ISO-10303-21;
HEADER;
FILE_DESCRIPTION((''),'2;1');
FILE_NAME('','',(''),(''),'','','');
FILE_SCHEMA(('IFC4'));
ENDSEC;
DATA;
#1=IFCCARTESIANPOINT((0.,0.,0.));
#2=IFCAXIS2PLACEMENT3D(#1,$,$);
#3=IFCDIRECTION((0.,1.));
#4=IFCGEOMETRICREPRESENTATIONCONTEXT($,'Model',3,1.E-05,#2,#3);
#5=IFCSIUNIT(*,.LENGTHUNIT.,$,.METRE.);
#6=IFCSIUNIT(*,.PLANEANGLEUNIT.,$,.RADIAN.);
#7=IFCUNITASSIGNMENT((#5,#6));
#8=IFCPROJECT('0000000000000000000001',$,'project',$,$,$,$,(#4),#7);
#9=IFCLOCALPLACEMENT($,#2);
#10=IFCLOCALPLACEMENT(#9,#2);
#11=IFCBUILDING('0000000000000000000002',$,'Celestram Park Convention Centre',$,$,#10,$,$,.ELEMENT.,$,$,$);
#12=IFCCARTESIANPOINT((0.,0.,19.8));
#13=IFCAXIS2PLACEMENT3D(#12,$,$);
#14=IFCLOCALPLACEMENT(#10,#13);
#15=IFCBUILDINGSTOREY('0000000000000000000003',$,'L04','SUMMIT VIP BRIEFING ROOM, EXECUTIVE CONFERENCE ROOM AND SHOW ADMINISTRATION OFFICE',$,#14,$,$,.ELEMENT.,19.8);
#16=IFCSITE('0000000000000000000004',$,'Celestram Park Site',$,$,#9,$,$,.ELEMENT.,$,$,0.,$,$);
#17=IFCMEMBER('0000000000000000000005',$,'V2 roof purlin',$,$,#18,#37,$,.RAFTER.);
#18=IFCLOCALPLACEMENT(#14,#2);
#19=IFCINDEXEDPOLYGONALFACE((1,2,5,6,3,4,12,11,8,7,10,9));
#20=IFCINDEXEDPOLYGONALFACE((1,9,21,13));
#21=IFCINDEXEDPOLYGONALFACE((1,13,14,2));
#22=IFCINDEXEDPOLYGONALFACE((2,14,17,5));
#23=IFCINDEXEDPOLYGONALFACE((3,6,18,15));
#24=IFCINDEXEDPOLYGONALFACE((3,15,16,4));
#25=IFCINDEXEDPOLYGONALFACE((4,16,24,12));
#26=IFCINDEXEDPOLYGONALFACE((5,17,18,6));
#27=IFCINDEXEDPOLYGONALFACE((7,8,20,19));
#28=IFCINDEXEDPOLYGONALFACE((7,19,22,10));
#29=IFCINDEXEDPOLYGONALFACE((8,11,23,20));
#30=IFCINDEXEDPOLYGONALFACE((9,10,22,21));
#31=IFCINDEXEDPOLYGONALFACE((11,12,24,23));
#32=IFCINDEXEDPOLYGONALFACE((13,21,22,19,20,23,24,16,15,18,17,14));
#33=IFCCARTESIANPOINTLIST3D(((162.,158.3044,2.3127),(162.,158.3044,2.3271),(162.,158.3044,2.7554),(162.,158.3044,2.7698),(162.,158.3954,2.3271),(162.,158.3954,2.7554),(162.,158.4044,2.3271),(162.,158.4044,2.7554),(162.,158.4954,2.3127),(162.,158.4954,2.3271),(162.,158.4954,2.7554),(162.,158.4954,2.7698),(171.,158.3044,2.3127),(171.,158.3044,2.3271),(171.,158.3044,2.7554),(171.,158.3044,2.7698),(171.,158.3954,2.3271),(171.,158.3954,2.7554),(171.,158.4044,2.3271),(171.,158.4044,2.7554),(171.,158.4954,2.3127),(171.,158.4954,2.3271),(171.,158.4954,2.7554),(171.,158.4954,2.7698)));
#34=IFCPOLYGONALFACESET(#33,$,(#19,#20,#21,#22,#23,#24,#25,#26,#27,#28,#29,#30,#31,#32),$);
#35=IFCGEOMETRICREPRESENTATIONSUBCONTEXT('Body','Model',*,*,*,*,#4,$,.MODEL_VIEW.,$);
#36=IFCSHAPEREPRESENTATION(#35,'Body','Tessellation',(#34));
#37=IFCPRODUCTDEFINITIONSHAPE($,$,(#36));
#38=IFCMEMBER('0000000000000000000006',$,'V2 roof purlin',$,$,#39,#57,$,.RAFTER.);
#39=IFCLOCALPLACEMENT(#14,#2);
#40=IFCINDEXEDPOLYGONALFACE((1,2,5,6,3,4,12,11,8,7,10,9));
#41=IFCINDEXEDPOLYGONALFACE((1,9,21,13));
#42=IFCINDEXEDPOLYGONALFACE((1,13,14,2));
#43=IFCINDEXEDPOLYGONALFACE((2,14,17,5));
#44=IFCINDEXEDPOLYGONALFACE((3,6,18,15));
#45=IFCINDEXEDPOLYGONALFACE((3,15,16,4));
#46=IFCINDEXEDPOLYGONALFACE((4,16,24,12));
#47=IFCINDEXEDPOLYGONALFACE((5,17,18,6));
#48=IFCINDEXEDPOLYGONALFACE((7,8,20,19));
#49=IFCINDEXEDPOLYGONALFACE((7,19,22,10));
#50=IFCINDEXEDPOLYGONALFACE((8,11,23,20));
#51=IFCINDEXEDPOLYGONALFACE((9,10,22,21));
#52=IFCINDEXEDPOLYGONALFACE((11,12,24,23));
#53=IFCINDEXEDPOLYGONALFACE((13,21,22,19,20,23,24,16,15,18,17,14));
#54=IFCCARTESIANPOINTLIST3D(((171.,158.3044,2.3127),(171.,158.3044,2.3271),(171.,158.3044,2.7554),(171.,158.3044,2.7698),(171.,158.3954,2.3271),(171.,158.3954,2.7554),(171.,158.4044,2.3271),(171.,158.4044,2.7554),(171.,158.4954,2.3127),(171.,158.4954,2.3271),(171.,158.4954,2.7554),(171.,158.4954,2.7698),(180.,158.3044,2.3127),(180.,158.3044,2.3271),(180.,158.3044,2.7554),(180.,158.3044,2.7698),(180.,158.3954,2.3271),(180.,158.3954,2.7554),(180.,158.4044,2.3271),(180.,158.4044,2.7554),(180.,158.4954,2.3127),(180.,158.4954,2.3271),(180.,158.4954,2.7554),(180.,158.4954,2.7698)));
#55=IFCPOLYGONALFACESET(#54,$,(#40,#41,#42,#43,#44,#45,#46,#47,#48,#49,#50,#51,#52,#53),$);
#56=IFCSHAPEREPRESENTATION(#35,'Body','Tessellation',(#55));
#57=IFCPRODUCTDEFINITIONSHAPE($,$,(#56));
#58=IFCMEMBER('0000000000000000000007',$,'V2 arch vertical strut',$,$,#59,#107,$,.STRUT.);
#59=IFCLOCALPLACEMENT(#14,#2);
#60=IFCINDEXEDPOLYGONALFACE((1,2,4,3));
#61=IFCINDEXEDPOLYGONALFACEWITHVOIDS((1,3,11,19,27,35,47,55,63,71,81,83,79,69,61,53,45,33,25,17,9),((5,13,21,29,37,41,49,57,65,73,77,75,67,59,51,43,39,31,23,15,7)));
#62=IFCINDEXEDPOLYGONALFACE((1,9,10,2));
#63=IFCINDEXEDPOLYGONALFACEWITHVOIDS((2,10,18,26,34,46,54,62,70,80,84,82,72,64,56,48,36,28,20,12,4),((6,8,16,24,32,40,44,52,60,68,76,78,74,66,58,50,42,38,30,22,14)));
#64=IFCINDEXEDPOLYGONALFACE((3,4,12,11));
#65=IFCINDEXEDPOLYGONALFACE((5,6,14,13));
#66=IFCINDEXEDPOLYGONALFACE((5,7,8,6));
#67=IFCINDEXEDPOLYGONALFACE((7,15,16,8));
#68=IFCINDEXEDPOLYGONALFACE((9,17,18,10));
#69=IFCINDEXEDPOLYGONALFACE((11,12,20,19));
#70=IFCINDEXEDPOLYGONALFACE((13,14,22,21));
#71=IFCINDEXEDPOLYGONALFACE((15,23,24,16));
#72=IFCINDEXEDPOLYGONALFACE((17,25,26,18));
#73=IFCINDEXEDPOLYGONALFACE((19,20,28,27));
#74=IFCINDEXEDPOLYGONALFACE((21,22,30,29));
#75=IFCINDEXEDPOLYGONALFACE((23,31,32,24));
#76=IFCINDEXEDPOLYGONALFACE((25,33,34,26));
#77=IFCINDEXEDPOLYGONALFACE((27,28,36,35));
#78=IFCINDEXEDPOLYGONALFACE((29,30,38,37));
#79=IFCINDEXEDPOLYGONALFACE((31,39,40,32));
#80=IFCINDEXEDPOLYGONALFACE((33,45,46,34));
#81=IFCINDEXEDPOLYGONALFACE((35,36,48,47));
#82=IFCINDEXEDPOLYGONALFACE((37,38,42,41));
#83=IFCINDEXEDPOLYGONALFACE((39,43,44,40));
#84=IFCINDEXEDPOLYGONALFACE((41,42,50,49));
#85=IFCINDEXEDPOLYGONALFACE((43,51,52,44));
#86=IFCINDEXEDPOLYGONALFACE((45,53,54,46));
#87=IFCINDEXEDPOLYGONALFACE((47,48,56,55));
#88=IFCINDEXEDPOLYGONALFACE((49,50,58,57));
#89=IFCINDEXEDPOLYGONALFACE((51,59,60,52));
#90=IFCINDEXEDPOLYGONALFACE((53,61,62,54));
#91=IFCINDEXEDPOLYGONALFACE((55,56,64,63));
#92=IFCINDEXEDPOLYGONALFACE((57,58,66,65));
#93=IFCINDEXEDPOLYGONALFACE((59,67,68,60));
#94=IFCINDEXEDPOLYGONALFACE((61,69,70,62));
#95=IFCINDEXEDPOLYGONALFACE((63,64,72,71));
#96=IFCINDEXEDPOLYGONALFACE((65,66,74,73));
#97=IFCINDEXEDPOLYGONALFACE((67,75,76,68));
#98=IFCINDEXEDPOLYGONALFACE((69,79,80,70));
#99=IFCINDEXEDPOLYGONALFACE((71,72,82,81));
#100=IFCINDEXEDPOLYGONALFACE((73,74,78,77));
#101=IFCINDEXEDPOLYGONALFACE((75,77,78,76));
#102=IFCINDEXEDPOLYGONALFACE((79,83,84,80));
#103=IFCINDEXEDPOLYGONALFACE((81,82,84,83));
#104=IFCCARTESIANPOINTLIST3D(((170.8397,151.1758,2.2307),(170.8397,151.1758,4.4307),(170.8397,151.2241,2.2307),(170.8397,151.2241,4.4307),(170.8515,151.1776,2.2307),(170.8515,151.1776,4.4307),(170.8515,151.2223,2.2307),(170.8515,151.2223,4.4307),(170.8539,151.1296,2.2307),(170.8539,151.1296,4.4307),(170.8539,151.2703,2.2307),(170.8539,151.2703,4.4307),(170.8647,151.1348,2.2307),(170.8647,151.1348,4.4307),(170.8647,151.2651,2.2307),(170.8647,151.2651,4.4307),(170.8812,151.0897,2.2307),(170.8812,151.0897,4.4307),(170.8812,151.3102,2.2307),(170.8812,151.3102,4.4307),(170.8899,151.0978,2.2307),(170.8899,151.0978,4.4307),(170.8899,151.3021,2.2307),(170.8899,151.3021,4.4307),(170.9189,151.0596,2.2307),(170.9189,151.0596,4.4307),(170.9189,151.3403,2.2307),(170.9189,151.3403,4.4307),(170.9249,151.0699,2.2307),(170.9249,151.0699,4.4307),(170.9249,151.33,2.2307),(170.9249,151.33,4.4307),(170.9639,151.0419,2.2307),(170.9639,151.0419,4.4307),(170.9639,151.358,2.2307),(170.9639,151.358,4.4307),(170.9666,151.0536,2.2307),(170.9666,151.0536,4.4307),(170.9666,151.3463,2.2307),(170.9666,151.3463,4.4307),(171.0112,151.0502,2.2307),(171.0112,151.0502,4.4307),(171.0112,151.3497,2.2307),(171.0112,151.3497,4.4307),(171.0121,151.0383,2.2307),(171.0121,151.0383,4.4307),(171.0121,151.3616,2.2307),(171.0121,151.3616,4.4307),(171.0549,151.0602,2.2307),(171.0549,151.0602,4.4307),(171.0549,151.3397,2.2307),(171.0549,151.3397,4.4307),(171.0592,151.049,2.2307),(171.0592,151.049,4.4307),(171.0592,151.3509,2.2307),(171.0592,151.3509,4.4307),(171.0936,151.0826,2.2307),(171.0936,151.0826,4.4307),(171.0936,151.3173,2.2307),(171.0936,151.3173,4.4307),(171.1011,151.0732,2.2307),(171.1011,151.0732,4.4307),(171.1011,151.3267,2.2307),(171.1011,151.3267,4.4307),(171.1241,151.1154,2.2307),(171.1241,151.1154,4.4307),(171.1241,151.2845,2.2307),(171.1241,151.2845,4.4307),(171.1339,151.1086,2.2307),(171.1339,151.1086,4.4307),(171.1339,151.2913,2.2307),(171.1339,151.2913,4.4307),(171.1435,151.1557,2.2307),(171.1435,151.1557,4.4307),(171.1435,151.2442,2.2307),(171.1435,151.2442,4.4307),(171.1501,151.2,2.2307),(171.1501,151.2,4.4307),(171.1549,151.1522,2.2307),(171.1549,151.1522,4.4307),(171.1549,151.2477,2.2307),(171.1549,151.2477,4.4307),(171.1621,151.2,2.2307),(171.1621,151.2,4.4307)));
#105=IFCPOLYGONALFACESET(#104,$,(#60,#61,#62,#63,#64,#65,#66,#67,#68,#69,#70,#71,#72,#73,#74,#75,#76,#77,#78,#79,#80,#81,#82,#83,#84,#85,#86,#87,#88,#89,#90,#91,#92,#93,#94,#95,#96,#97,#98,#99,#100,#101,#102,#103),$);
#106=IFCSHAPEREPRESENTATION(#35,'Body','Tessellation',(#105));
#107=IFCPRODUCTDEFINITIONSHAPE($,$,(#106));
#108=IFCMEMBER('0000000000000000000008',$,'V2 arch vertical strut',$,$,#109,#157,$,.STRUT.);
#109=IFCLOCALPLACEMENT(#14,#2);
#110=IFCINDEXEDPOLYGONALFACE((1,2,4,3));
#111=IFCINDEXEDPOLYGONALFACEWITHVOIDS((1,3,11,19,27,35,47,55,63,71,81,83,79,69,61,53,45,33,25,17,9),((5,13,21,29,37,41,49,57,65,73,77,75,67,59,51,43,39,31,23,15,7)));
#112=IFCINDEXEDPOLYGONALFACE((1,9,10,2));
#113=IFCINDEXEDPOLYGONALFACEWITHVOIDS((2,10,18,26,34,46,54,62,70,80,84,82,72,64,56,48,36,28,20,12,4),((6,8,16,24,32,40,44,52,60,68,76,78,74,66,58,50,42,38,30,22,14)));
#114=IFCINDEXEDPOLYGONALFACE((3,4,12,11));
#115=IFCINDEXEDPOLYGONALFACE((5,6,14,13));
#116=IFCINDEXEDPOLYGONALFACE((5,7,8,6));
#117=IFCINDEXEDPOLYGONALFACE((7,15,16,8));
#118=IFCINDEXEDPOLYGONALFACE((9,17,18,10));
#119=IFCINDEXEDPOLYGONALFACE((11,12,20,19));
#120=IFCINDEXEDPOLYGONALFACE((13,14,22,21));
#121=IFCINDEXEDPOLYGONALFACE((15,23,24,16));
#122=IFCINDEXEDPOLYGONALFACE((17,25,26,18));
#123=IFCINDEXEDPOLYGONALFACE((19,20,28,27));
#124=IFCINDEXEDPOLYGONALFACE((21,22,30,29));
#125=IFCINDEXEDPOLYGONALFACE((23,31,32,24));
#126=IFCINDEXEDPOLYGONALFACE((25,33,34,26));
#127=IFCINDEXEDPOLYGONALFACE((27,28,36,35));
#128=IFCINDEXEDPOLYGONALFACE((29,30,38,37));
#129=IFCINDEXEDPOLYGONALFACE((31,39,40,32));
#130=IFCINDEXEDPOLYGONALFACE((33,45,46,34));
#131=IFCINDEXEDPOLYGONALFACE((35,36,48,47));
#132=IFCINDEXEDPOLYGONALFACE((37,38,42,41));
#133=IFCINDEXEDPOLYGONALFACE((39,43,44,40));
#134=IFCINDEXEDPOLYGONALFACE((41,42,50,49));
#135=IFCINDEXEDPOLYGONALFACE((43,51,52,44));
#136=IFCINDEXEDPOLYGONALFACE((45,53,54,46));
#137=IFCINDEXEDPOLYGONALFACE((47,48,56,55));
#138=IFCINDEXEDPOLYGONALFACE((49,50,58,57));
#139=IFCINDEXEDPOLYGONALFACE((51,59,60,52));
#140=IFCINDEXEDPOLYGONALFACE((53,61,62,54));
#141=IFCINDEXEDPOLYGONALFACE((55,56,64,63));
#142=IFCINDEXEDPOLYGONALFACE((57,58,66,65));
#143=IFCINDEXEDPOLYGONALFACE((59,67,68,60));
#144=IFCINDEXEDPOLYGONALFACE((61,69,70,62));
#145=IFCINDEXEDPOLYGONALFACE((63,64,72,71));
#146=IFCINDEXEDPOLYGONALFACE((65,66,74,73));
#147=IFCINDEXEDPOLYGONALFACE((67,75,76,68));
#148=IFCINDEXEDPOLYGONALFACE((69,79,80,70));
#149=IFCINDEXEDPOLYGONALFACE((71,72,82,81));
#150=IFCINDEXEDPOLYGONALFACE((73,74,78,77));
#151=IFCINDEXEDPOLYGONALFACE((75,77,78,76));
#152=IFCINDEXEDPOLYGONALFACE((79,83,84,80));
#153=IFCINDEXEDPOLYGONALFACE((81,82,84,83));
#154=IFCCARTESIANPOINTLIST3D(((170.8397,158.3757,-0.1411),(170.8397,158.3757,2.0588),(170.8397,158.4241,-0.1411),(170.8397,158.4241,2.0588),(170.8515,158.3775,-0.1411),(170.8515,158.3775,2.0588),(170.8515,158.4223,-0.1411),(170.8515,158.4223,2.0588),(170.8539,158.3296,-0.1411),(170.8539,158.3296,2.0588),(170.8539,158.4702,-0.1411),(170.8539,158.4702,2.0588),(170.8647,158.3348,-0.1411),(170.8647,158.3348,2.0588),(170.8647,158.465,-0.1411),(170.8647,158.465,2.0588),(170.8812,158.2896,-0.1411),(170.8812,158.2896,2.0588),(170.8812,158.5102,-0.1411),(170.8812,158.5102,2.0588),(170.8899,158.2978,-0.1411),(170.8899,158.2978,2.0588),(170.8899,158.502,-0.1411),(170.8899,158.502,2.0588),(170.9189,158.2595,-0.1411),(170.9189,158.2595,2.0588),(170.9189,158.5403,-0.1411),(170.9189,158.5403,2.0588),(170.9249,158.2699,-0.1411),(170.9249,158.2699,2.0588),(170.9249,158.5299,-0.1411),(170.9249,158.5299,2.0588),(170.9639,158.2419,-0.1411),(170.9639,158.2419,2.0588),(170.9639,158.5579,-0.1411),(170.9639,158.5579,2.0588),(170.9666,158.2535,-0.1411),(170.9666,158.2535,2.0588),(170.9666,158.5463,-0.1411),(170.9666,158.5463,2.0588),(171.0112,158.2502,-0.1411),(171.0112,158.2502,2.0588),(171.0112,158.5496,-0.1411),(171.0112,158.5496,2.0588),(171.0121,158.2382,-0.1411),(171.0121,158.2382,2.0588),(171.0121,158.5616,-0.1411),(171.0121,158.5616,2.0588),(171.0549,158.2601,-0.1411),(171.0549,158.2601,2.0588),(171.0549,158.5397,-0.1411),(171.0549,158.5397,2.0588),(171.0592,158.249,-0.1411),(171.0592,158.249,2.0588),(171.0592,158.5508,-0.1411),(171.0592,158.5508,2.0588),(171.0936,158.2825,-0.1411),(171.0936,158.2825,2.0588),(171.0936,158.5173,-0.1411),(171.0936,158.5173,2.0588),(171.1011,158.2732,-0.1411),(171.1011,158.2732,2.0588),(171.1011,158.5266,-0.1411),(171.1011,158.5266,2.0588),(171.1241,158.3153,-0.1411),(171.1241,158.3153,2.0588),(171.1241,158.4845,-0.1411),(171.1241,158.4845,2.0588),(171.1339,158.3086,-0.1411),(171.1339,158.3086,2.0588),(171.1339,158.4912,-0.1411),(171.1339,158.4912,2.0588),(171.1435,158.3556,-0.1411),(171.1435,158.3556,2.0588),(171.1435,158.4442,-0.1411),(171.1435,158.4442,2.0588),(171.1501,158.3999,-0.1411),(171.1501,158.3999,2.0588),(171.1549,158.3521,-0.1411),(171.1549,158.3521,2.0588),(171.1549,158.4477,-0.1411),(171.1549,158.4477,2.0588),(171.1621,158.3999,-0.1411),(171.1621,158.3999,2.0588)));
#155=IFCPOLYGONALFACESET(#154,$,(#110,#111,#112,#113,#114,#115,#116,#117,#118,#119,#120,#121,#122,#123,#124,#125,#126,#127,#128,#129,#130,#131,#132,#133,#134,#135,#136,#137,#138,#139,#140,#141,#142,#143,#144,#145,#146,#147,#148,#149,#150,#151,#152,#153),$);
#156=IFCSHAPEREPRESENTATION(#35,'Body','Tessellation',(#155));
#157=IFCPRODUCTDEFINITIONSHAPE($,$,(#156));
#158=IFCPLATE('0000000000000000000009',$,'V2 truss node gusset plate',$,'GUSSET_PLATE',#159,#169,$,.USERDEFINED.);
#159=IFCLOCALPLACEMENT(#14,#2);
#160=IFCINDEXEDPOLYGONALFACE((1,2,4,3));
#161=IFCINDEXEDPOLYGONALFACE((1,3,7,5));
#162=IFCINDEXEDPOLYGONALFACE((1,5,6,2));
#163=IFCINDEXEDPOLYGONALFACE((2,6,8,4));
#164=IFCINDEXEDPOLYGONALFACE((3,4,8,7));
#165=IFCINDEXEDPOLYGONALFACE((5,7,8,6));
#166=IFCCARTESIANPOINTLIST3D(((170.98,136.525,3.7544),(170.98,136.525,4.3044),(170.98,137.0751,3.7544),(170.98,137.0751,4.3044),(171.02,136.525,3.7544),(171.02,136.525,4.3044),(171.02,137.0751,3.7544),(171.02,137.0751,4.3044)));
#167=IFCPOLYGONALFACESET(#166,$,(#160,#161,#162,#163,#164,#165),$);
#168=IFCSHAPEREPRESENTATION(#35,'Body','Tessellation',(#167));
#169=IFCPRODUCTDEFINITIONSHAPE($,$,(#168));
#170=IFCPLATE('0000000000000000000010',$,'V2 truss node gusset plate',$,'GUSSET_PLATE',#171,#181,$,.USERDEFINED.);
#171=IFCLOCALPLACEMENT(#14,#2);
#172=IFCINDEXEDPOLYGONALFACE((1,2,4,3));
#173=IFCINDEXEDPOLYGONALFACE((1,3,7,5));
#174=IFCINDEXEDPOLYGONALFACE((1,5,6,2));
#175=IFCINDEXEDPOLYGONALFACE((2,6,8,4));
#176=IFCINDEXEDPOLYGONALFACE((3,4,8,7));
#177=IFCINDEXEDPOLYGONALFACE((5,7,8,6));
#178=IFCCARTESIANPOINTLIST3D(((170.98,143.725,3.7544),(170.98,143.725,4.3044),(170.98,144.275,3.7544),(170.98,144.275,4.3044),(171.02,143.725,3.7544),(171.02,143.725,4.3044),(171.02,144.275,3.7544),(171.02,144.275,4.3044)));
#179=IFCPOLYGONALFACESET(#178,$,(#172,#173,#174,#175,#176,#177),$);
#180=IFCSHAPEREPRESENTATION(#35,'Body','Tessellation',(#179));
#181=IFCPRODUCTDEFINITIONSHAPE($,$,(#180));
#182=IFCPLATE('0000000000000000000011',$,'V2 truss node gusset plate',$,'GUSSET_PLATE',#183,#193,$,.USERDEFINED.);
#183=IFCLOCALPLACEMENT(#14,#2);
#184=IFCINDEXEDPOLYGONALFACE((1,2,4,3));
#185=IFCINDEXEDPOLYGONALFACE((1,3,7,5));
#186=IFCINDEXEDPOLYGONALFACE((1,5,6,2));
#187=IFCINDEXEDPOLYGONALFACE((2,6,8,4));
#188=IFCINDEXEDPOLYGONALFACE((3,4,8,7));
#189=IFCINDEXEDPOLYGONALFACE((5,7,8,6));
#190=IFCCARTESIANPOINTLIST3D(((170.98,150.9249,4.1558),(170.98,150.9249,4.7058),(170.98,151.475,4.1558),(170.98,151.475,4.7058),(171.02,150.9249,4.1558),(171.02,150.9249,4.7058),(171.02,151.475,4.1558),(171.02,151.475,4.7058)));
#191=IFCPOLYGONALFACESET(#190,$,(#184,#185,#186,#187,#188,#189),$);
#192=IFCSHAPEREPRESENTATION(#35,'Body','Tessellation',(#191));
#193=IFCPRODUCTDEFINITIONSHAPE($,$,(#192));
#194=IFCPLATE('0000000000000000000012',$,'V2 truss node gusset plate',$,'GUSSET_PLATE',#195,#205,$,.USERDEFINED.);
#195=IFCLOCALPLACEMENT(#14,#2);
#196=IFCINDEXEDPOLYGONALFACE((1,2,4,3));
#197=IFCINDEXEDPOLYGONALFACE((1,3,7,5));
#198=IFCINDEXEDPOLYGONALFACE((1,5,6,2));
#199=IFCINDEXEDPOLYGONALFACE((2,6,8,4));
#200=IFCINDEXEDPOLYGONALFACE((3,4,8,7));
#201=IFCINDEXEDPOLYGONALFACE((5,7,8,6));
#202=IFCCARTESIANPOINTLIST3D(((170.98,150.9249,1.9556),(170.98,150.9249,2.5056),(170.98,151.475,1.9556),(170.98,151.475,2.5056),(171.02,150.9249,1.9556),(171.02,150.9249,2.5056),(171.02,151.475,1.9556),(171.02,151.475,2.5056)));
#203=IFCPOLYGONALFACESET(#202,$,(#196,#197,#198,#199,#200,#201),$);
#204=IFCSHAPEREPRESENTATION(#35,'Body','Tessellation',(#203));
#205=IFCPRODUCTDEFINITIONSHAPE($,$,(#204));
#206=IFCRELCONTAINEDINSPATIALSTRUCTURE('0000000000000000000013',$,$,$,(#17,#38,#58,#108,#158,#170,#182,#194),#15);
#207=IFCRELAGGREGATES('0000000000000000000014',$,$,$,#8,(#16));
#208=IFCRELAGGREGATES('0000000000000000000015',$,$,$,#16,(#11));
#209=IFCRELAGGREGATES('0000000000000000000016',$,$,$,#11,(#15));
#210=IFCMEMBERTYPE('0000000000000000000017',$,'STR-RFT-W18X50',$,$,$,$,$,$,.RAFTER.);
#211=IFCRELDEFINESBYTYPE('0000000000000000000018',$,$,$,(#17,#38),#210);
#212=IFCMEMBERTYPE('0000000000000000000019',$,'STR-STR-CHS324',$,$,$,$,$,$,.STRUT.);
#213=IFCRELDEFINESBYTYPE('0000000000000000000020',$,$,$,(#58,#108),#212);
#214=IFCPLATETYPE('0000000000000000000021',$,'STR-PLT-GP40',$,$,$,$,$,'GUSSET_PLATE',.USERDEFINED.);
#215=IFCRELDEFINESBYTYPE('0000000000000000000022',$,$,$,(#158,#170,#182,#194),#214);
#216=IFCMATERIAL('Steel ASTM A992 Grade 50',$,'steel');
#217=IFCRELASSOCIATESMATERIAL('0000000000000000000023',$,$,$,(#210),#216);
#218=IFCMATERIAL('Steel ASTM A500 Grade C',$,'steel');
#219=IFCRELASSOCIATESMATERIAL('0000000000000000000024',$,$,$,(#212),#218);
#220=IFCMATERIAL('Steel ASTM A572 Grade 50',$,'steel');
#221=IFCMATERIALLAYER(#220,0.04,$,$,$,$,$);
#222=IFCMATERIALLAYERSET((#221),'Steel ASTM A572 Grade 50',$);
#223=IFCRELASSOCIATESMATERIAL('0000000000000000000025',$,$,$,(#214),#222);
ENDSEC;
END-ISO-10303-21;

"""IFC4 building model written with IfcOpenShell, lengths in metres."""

from ifc_helpers import new_model, si_unit, direction, frame, origin, origin_2d, place, context, subcontext, project, spatial, rectangle, hollow_circle, i_section, extrude, material, layer, layer_set, material_profile, profile_set, type_object, element, save


model = new_model("IFC4")

# Units and contexts
model_context = context("Model", 3, precision=1e-05, world=origin(), true_north=direction((0.0, 1.0)))
body_context = subcontext(model_context, "Body", "Model", "MODEL_VIEW")
ifc_project = project(units=[si_unit("LENGTHUNIT", "METRE"), si_unit("PLANEANGLEUNIT", "RADIAN")], contexts=[model_context])

# Site, building, storey
site_placement = place(None, origin())
site = spatial("IfcSite", under=ifc_project, at=site_placement, Name="Celestram Park Site", CompositionType="ELEMENT", RefElevation=0.0)
building_placement = place(site_placement, origin())
building = spatial("IfcBuilding", under=site, at=building_placement, Name="Celestram Park Convention Centre", CompositionType="ELEMENT")
storey_placement = place(building_placement, frame((0.0, 0.0, 19.8)))
storey = spatial("IfcBuildingStorey", under=building, at=storey_placement, Name="L04", Description="SUMMIT VIP BRIEFING ROOM, EXECUTIVE CONFERENCE ROOM AND SHOW ADMINISTRATION OFFICE", CompositionType="ELEMENT", Elevation=19.8)

# Members
ifc_material_1 = material(Name="Steel ASTM A500 Grade C", Category="steel")
ifc_material_2 = material(Name="Steel ASTM A992 Grade 50", Category="steel")
ifc_material_profile_1 = material_profile(ifc_material_2, i_section(OverallWidth=0.1909, OverallDepth=0.457, WebThickness=0.009, FlangeThickness=0.0144, at=origin_2d()), Name="W18X50")
ifc_profile_set_1 = profile_set([ifc_material_profile_1], Name="Steel ASTM A992 Grade 50")
member_type_1 = type_object("IfcMemberType", Name="STR-RFT-W18X50", PredefinedType="RAFTER", material=ifc_profile_set_1)
for number, where, z_axis, x_axis, name in (
    (1, (162.0, 158.3999, 2.5413), (1.0, 0.0, 0.0), (0.0, 1.0, 0.0), "V2 roof purlin"),
    (2, (171.0, 158.3999, 2.5413), (1.0, 0.0, 0.0), (0.0, 1.0, 0.0), "V2 roof purlin"),
):
    element("IfcMember", number, at=place(storey_placement, frame(where, z_axis=z_axis, x_axis=x_axis)), inside=storey, type_object=member_type_1, Name=name, PredefinedType="RAFTER", context=body_context, shape_type="SweptSolid", body=[
        extrude(i_section(OverallWidth=0.1909, OverallDepth=0.457, WebThickness=0.009, FlangeThickness=0.0144, at=origin_2d()), origin(), (0.0, 0.0, 1.0), 9.0),
    ])
ifc_material_profile_2 = material_profile(ifc_material_1, hollow_circle(Radius=0.1621, WallThickness=0.012, at=origin_2d()), Name="CHS324X12")
ifc_profile_set_2 = profile_set([ifc_material_profile_2], Name="Steel ASTM A500 Grade C")
member_type_2 = type_object("IfcMemberType", Name="STR-STR-CHS324", PredefinedType="STRUT", material=ifc_profile_set_2)
for number, where, z_axis, x_axis, name in (
    (3, (171.0, 151.2, 2.2307), (0.0, 0.0, 1.0), (1.0, 0.0, 0.0), "V2 arch vertical strut"),
    (4, (171.0, 158.3999, -0.1411), (0.0, 0.0, 1.0), (1.0, 0.0, 0.0), "V2 arch vertical strut"),
):
    element("IfcMember", number, at=place(storey_placement, frame(where, z_axis=z_axis, x_axis=x_axis)), inside=storey, type_object=member_type_2, Name=name, PredefinedType="STRUT", context=body_context, shape_type="SweptSolid", body=[
        extrude(hollow_circle(Radius=0.1621, WallThickness=0.012, at=origin_2d()), origin(), (0.0, 0.0, 1.0), 2.2),
    ])

# Plates
ifc_material_3 = material(Name="Steel ASTM A572 Grade 50", Category="steel")
ifc_layer_1 = layer(ifc_material_3, 0.04)
ifc_layer_set_1 = layer_set([ifc_layer_1], Name="Steel ASTM A572 Grade 50")
plate_type = type_object("IfcPlateType", Name="STR-PLT-GP40", ElementType="GUSSET_PLATE", PredefinedType="USERDEFINED", material=ifc_layer_set_1)
for number, where, z_axis, x_axis, name in (
    (5, (171.0, 136.8, 3.7544), (0.0, 0.0, 1.0), (0.0, 1.0, 0.0), "V2 truss node gusset plate"),
    (6, (171.0, 144.0, 3.7544), (0.0, 0.0, 1.0), (0.0, 1.0, 0.0), "V2 truss node gusset plate"),
    (7, (171.0, 151.2, 4.1558), (0.0, 0.0, 1.0), (0.0, 1.0, 0.0), "V2 truss node gusset plate"),
    (8, (171.0, 151.2, 1.9556), (0.0, 0.0, 1.0), (0.0, 1.0, 0.0), "V2 truss node gusset plate"),
):
    element("IfcPlate", number, at=place(storey_placement, frame(where, z_axis=z_axis, x_axis=x_axis)), inside=storey, type_object=plate_type, Name=name, ObjectType="GUSSET_PLATE", PredefinedType="USERDEFINED", context=body_context, shape_type="SweptSolid", body=[
        extrude(rectangle(XDim=0.55, YDim=0.04, at=origin_2d()), origin(), (0.0, 0.0, 1.0), 0.55),
    ])

save(model, "model.ifc")
